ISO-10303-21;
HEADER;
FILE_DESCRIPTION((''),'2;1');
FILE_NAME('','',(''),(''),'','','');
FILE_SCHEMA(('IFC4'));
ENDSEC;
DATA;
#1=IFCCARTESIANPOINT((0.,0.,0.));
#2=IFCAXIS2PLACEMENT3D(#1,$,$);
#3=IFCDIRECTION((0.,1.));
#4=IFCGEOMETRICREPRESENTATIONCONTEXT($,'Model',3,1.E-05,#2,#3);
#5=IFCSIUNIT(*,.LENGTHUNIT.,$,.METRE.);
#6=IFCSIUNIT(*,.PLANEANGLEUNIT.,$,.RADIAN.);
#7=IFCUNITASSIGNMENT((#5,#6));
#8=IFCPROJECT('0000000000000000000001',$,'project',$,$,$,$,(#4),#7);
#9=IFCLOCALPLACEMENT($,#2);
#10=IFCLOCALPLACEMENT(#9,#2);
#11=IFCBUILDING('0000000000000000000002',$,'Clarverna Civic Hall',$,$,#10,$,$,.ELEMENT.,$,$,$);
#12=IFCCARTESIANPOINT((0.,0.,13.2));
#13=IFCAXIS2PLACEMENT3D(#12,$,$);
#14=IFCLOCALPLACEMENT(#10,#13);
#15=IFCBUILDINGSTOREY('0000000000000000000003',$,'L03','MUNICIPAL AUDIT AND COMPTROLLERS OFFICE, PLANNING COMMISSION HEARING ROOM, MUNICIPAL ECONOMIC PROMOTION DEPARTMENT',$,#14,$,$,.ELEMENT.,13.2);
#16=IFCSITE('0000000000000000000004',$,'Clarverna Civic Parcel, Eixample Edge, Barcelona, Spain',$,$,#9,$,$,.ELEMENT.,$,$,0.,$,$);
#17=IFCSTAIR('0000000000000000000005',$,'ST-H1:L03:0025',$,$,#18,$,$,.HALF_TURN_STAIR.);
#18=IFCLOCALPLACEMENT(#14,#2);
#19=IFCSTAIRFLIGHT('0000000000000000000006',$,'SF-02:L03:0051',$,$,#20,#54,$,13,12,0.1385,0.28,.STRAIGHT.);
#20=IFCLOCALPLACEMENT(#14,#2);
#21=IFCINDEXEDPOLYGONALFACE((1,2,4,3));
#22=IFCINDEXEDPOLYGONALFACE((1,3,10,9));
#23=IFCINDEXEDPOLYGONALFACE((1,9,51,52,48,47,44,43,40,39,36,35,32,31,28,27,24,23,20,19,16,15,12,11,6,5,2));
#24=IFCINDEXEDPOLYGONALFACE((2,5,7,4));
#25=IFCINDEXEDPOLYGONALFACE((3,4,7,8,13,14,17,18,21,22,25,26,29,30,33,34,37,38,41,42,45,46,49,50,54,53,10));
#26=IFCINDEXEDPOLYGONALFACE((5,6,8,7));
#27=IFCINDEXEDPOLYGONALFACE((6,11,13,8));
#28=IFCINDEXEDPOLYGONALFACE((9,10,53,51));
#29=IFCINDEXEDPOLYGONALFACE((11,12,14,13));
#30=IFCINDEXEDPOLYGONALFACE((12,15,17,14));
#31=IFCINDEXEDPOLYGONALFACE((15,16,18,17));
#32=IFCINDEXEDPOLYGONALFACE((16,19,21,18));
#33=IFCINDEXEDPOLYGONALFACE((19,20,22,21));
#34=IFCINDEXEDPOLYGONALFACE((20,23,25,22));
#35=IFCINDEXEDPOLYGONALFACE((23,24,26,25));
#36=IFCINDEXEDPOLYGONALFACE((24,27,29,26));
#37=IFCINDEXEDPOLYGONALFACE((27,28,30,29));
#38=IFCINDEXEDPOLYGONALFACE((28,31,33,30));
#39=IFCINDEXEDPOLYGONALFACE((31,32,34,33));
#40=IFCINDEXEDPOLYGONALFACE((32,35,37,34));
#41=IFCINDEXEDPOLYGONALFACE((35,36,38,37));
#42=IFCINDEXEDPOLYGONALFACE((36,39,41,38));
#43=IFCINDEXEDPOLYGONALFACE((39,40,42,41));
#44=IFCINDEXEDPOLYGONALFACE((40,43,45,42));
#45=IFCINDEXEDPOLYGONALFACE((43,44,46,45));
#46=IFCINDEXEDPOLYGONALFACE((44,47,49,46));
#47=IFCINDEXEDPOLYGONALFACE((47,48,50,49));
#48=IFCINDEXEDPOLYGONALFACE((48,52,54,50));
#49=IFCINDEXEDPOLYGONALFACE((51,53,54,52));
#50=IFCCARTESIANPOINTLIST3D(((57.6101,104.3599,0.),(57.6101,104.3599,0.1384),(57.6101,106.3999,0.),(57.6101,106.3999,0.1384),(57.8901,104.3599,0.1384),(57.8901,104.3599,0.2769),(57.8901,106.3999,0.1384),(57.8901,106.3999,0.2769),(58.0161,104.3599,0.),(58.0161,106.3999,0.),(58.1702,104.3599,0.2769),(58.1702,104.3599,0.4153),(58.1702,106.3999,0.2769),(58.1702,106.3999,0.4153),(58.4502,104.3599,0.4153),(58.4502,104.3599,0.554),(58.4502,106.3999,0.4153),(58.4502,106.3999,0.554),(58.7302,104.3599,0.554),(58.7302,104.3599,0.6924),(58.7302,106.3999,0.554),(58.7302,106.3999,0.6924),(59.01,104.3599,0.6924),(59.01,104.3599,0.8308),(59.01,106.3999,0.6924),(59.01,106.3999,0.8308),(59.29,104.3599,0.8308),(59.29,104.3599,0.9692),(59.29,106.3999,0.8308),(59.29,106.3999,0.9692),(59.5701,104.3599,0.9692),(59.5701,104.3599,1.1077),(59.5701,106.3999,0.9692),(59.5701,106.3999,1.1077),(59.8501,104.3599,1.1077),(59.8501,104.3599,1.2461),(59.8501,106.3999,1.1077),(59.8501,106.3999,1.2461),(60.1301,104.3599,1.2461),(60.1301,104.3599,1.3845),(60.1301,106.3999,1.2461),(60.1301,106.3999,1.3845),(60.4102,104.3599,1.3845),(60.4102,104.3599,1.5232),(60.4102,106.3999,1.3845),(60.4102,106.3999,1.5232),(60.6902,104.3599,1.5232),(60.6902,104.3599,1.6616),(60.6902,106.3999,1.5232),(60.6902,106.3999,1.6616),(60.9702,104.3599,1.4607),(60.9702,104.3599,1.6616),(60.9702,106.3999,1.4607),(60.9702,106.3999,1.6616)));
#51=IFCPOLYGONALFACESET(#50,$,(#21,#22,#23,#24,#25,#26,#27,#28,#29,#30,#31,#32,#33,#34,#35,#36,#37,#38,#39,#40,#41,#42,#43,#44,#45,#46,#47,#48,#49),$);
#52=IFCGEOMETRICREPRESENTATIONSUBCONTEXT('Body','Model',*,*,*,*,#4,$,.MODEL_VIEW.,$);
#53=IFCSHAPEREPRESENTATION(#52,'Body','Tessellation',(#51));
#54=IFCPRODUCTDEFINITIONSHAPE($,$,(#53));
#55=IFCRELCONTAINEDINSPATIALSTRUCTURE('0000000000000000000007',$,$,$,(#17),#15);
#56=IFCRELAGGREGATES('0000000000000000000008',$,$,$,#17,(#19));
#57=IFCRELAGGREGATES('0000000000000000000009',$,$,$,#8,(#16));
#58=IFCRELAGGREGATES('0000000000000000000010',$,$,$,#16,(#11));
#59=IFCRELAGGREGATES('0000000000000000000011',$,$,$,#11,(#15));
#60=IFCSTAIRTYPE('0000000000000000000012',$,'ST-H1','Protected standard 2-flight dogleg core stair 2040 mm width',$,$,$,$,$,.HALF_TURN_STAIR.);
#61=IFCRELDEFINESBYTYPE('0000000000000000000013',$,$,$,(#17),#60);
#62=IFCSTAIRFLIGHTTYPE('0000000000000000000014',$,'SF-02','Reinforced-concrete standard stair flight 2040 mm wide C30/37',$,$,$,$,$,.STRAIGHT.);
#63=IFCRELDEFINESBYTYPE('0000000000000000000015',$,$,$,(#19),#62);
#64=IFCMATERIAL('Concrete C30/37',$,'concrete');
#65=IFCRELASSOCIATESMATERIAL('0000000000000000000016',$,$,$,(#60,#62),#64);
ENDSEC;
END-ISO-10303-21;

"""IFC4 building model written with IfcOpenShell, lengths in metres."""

from ifc_helpers import new_model, si_unit, direction, frame, origin, place, context, subcontext, project, spatial, polyline, outline, extrude, material, type_object, element, aggregate, save


model = new_model("IFC4")

# Units and contexts
model_context = context("Model", 3, precision=1e-05, world=origin(), true_north=direction((0.0, 1.0)))
body_context = subcontext(model_context, "Body", "Model", "MODEL_VIEW")
ifc_project = project(units=[si_unit("LENGTHUNIT", "METRE"), si_unit("PLANEANGLEUNIT", "RADIAN")], contexts=[model_context])

# Site, building, storey
site_placement = place(None, origin())
site = spatial("IfcSite", under=ifc_project, at=site_placement, Name="Clarverna Civic Parcel, Eixample Edge, Barcelona, Spain", CompositionType="ELEMENT", RefElevation=0.0)
building_placement = place(site_placement, origin())
building = spatial("IfcBuilding", under=site, at=building_placement, Name="Clarverna Civic Hall", CompositionType="ELEMENT")
storey_placement = place(building_placement, frame((0.0, 0.0, 13.2)))
storey = spatial("IfcBuildingStorey", under=building, at=storey_placement, Name="L03", Description="MUNICIPAL AUDIT AND COMPTROLLERS OFFICE, PLANNING COMMISSION HEARING ROOM, MUNICIPAL ECONOMIC PROMOTION DEPARTMENT", CompositionType="ELEMENT", Elevation=13.2)

# Stair, stair flight
ifc_material_1 = material(Name="Concrete C30/37", Category="concrete")
stair_type = type_object("IfcStairType", Name="ST-H1", Description="Protected standard 2-flight dogleg core stair 2040 mm width", PredefinedType="HALF_TURN_STAIR", material=ifc_material_1)
stair_placement = place(storey_placement, origin())
stair = element("IfcStair", 1, at=stair_placement, inside=storey, type_object=stair_type, Name="ST-H1:L03:0025", PredefinedType="HALF_TURN_STAIR")
stair_flight_type = type_object("IfcStairFlightType", Name="SF-02", Description="Reinforced-concrete standard stair flight 2040 mm wide C30/37", PredefinedType="STRAIGHT", material=ifc_material_1)
stair_flight_placement = place(storey_placement, frame((57.6101, 105.3799, 0.0), z_axis=(0.0, 0.0, 1.0), x_axis=(1.0, 0.0, 0.0)))
stair_flight = element("IfcStairFlight", 2, at=stair_flight_placement, type_object=stair_flight_type, Name="SF-02:L03:0051", NumberOfRisers=13, NumberOfTreads=12, PredefinedType="STRAIGHT", RiserHeight=0.1385, TreadLength=0.28, context=body_context, shape_type="SweptSolid", body=[
    extrude(outline(polyline([(0.0, 0.0), (0.0, 0.1384), (0.28, 0.1384), (0.28, 0.2769), (0.5601, 0.2769), (0.5601, 0.4153), (0.8401, 0.4153), (0.8401, 0.554), (1.1201, 0.554), (1.1201, 0.6924), (1.3999, 0.6924), (1.3999, 0.8308), (1.6799, 0.8308), (1.6799, 0.9692), (1.96, 0.9692), (1.96, 1.1077), (2.24, 1.1077), (2.24, 1.2461), (2.52, 1.2461), (2.52, 1.3845), (2.8, 1.3845), (2.8, 1.5232), (3.0801, 1.5232), (3.0801, 1.6616), (3.3601, 1.6616), (3.3601, 1.8), (3.3601, 1.4607), (0.406, 0.0), (0.0, 0.0)])), frame((0.0, 1.02, 0.0), z_axis=(0.0, -1.0, 0.0), x_axis=(1.0, 0.0, 0.0)), (0.0, 0.0, 1.0), 2.04),
])
aggregate(stair, [stair_flight])

save(model, "model.ifc")
